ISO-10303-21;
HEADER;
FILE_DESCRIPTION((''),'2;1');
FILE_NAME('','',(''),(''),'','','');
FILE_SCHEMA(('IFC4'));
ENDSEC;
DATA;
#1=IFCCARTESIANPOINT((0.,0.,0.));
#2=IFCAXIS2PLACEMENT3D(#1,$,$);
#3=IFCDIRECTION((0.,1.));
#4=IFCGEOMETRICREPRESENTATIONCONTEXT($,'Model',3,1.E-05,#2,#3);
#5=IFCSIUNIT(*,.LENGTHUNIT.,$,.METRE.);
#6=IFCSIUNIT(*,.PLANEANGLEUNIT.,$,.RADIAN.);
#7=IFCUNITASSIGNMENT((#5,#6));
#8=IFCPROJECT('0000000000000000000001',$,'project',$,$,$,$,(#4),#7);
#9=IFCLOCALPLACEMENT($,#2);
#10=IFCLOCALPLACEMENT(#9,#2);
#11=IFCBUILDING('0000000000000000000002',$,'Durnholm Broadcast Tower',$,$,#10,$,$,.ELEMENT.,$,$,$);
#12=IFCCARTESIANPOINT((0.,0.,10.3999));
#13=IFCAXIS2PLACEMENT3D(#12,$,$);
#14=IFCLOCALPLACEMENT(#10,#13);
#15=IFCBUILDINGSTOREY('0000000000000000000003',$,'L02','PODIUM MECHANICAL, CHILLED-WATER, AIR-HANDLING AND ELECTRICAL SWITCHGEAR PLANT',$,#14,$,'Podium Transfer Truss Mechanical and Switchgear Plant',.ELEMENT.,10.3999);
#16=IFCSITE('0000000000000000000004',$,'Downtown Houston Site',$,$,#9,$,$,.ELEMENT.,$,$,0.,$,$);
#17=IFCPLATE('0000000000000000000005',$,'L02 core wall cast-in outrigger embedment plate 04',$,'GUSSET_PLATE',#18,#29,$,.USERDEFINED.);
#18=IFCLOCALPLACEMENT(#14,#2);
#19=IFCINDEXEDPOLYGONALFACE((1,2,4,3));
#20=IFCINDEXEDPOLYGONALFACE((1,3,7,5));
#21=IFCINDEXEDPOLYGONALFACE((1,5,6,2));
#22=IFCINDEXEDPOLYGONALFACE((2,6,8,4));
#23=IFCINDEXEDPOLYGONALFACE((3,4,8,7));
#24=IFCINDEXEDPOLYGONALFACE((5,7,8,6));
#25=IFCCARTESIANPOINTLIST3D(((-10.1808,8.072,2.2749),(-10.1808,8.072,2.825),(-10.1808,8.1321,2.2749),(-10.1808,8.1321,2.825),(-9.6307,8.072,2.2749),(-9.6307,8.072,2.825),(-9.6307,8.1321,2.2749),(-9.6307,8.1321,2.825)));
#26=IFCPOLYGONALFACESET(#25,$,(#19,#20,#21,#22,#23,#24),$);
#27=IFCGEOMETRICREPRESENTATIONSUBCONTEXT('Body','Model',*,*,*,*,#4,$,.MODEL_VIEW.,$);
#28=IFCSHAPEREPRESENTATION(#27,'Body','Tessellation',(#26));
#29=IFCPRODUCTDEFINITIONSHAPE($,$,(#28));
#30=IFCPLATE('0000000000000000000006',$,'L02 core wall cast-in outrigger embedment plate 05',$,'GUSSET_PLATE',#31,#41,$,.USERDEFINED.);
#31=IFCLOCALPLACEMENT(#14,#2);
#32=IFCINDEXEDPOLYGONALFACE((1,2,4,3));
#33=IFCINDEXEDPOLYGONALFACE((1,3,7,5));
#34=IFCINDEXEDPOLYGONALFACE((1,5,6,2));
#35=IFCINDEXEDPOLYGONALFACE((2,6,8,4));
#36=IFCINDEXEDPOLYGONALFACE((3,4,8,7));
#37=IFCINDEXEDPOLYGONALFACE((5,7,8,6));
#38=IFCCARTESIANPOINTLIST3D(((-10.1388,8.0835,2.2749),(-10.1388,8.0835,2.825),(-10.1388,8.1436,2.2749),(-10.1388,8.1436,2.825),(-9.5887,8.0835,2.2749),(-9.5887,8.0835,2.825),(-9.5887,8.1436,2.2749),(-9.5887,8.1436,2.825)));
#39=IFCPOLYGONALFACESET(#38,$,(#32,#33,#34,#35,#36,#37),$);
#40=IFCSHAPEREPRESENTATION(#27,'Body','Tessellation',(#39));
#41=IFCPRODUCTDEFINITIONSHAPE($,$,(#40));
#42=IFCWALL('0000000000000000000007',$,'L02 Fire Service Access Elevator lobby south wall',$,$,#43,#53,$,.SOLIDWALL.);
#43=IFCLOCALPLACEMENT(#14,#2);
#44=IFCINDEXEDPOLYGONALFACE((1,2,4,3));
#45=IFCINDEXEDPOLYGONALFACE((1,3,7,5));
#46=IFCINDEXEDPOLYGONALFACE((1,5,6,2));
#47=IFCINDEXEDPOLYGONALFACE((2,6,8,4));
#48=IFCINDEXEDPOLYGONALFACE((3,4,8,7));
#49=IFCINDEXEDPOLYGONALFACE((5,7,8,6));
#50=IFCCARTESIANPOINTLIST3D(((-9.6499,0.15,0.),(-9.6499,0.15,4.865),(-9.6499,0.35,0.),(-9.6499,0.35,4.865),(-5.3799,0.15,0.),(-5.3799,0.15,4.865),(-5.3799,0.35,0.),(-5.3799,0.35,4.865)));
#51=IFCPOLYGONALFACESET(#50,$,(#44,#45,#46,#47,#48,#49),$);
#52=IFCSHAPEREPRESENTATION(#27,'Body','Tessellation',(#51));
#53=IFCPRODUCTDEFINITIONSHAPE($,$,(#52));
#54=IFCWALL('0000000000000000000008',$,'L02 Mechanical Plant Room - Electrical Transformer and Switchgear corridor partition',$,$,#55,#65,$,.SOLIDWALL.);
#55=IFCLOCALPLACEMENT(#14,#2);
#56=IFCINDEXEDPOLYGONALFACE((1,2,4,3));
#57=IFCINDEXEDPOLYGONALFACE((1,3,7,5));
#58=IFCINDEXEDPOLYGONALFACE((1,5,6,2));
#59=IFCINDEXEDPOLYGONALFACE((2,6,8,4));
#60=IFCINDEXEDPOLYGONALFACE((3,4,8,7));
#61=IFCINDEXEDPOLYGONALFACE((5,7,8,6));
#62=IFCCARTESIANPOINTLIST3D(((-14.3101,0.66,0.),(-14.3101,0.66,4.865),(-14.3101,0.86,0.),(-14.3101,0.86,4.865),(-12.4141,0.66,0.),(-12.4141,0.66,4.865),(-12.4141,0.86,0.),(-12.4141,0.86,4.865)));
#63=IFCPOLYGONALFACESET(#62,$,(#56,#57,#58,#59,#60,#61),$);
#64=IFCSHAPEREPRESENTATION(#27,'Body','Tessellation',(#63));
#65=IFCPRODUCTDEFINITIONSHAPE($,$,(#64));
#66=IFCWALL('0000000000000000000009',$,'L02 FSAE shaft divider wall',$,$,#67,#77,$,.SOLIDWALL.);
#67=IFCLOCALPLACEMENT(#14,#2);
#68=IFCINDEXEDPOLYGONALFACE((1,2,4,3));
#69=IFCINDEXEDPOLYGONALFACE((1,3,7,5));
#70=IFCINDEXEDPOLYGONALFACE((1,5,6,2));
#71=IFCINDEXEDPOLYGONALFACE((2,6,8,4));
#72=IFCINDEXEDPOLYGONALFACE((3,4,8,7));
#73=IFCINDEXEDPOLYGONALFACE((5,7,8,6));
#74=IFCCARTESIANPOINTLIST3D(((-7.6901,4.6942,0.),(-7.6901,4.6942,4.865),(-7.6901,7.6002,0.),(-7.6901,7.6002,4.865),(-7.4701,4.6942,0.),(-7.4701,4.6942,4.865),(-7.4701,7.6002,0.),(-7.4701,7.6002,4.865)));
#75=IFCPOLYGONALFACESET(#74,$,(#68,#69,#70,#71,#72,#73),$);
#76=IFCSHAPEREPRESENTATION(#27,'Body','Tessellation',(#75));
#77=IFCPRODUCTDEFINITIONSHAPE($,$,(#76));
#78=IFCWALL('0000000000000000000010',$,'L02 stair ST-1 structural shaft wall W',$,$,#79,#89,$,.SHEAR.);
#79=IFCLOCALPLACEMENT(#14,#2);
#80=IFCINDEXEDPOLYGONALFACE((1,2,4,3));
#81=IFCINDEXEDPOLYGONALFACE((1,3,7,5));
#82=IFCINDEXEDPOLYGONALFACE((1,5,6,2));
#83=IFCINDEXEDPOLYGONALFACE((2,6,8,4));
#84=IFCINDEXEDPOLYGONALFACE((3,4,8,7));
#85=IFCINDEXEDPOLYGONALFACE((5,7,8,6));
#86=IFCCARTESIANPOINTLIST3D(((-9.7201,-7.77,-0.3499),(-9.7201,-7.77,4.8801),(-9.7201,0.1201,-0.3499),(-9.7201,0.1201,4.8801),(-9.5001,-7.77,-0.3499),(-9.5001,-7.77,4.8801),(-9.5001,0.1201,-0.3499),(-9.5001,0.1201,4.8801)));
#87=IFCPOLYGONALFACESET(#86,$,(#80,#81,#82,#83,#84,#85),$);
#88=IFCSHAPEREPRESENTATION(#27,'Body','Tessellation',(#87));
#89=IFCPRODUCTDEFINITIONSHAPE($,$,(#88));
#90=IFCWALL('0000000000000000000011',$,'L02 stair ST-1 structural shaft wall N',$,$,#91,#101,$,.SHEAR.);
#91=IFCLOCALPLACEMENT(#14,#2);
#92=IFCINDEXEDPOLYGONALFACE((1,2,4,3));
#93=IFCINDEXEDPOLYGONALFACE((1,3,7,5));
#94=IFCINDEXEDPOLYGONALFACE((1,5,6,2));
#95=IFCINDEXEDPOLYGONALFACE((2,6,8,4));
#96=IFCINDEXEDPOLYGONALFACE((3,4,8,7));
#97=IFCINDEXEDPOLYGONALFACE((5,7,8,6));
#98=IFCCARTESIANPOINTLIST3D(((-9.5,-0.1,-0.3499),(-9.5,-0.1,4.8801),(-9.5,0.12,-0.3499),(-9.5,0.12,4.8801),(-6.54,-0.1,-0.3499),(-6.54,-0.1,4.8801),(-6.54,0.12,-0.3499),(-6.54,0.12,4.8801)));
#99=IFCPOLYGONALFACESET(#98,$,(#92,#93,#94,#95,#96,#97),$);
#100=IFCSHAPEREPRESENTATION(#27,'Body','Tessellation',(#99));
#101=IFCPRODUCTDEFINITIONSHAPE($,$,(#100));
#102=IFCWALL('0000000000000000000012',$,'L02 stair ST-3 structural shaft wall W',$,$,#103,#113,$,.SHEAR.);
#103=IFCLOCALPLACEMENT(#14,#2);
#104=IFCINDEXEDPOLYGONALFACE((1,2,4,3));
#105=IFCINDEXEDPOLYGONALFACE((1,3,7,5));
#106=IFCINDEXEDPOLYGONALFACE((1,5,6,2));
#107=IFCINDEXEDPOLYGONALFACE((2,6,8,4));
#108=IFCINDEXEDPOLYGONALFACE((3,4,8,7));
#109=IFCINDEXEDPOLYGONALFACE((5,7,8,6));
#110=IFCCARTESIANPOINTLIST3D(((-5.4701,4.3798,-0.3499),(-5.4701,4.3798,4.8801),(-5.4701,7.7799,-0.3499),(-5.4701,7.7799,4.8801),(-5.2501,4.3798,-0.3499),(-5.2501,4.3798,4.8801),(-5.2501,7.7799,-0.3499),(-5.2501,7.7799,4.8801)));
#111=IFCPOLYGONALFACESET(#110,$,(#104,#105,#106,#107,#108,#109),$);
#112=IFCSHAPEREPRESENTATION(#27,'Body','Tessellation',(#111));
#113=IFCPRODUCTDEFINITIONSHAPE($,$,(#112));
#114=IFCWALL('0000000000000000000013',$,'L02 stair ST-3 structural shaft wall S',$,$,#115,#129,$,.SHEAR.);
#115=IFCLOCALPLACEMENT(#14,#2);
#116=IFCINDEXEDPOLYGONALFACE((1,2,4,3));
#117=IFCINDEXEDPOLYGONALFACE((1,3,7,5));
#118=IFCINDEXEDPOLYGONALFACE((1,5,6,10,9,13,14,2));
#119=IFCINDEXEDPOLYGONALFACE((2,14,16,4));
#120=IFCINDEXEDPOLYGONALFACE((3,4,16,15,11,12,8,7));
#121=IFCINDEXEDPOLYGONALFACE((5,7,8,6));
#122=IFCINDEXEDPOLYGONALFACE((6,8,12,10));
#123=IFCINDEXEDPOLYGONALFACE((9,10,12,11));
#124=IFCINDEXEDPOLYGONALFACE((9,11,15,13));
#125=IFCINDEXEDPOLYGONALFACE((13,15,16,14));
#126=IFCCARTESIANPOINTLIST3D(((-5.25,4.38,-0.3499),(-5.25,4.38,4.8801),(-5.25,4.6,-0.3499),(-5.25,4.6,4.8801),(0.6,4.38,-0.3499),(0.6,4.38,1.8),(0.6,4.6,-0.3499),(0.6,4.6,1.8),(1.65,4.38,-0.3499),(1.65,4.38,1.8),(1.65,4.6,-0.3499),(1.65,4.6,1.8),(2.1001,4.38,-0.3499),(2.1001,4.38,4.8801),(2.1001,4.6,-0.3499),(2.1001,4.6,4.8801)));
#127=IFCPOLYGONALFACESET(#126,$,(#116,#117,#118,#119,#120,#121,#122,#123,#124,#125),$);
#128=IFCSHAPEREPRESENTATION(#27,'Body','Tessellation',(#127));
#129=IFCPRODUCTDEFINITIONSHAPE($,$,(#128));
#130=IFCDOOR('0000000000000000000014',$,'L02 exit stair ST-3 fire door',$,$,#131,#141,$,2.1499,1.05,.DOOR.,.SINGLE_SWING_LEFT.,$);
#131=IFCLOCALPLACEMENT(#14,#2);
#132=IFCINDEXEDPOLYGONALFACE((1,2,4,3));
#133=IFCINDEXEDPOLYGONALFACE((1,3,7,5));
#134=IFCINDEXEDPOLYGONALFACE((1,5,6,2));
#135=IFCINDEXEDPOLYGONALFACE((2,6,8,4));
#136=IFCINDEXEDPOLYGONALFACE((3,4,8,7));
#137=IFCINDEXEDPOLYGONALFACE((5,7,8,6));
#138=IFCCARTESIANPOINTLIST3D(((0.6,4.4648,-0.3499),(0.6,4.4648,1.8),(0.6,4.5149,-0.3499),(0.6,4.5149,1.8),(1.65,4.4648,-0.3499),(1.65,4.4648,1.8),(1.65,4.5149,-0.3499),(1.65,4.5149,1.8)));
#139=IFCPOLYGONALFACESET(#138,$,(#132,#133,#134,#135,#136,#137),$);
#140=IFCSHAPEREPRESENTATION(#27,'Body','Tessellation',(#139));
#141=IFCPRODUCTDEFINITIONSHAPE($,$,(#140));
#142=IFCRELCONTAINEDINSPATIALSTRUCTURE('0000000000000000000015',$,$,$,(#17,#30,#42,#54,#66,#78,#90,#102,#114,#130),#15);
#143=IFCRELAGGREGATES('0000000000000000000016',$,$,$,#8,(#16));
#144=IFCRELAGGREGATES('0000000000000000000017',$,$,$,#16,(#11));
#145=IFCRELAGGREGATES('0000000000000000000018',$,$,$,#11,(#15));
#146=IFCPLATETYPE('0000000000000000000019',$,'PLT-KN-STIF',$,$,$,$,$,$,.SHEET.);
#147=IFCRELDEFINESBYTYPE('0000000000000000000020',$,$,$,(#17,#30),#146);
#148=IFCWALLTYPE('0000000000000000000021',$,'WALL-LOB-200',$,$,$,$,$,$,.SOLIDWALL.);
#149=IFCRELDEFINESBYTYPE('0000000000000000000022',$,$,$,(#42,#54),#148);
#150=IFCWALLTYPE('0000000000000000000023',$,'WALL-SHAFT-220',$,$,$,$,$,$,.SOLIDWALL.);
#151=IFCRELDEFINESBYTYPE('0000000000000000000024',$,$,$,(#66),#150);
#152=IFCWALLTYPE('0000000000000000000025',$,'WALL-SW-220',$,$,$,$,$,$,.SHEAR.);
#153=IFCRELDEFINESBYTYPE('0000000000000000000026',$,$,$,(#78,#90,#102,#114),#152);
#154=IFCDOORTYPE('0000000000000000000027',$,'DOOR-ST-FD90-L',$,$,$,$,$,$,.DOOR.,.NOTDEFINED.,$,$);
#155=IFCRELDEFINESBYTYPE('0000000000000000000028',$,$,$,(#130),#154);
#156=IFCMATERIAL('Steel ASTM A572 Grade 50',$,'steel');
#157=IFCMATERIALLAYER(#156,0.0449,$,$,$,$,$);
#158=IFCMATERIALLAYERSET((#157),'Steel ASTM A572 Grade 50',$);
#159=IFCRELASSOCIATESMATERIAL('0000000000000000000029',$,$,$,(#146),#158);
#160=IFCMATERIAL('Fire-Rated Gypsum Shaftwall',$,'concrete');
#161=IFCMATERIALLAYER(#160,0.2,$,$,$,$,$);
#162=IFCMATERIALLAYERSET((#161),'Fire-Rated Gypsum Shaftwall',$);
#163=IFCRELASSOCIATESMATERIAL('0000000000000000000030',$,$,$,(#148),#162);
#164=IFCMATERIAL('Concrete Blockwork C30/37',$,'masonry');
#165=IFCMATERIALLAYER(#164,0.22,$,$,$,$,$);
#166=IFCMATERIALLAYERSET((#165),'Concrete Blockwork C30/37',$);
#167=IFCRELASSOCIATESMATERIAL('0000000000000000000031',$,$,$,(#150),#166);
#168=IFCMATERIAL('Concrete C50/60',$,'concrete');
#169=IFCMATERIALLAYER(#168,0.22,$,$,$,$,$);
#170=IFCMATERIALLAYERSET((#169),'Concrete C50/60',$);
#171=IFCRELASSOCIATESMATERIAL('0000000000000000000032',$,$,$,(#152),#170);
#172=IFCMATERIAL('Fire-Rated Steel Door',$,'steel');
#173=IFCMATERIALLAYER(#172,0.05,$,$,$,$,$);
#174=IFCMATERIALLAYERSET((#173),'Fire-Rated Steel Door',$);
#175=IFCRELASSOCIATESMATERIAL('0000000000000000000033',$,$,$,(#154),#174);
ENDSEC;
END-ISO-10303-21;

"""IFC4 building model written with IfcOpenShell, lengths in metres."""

from ifc_helpers import new_model, si_unit, direction, frame, frame_2d, origin, origin_2d, place, context, subcontext, project, spatial, rectangle, extrude, source, transform, mapped, material, layer, layer_set, type_object, type_shapes, element, fill, save


model = new_model("IFC4")

# Units and contexts
model_context = context("Model", 3, precision=1e-05, world=origin(), true_north=direction((0.0, 1.0)))
body_context = subcontext(model_context, "Body", "Model", "MODEL_VIEW")
ifc_project = project(units=[si_unit("LENGTHUNIT", "METRE"), si_unit("PLANEANGLEUNIT", "RADIAN")], contexts=[model_context])

# Site, building, storey
site_placement = place(None, origin())
site = spatial("IfcSite", under=ifc_project, at=site_placement, Name="Downtown Houston Site", CompositionType="ELEMENT", RefElevation=0.0)
building_placement = place(site_placement, origin())
building = spatial("IfcBuilding", under=site, at=building_placement, Name="Durnholm Broadcast Tower", CompositionType="ELEMENT")
storey_placement = place(building_placement, frame((0.0, 0.0, 10.3999)))
storey = spatial("IfcBuildingStorey", under=building, at=storey_placement, Name="L02", Description="PODIUM MECHANICAL, CHILLED-WATER, AIR-HANDLING AND ELECTRICAL SWITCHGEAR PLANT", LongName="Podium Transfer Truss Mechanical and Switchgear Plant", CompositionType="ELEMENT", Elevation=10.3999)

# Plates
ifc_material_1 = material(Name="Steel ASTM A572 Grade 50", Category="steel")
ifc_layer_1 = layer(ifc_material_1, 0.0449)
ifc_layer_set_1 = layer_set([ifc_layer_1], Name="Steel ASTM A572 Grade 50")
plate_type_1 = type_object("IfcPlateType", Name="PLT-KN-STIF", PredefinedType="SHEET", material=ifc_layer_set_1)
shared_shape_1 = source(origin(), body_context, "Body", "SweptSolid", [
    extrude(rectangle(XDim=0.55, YDim=0.0601, at=origin_2d()), origin(), (0.0, 0.0, 1.0), 0.55),
])
type_shapes(plate_type_1, [shared_shape_1])
for number, where, z_axis, x_axis, name in (
    (1, (-9.9058, 8.1021, 2.2749), (0.0, 0.0, 1.0), (1.0, 0.0, 0.0), "L02 core wall cast-in outrigger embedment plate 04"),
    (2, (-9.8638, 8.1135, 2.2749), (0.0, 0.0, 1.0), (1.0, 0.0, 0.0), "L02 core wall cast-in outrigger embedment plate 05"),
):
    element("IfcPlate", number, at=place(storey_placement, frame(where, z_axis=z_axis, x_axis=x_axis)), inside=storey, type_object=plate_type_1, Name=name, ObjectType="GUSSET_PLATE", PredefinedType="USERDEFINED", context=body_context, shape_type="MappedRepresentation", body=[
        mapped(shared_shape_1, transform((0.0, 0.0, 0.0), x_axis=(1.0, 0.0, 0.0), y_axis=(0.0, 1.0, 0.0), z_axis=(0.0, 0.0, 1.0), scale=1.0)),
    ])

# Wall
ifc_material_2 = material(Name="Fire-Rated Gypsum Shaftwall", Category="concrete")
ifc_layer_2 = layer(ifc_material_2, 0.2)
ifc_layer_set_2 = layer_set([ifc_layer_2], Name="Fire-Rated Gypsum Shaftwall")
wall_type_1 = type_object("IfcWallType", Name="WALL-LOB-200", PredefinedType="SOLIDWALL", material=ifc_layer_set_2)
wall_1_placement = place(storey_placement, frame((-9.6499, 0.25, 0.0), z_axis=(0.0, 0.0, 1.0), x_axis=(1.0, 0.0, 0.0)))
element("IfcWall", 3, at=wall_1_placement, inside=storey, type_object=wall_type_1, Name="L02 Fire Service Access Elevator lobby south wall", PredefinedType="SOLIDWALL", context=body_context, shape_type="SweptSolid", body=[
    extrude(rectangle(XDim=4.27, YDim=0.2, at=frame_2d((2.135, 0.0))), origin(), (0.0, 0.0, 1.0), 4.865),
])

# Wall
wall_2_placement = place(storey_placement, frame((-12.4141, 0.76, 0.0), z_axis=(0.0, 0.0, 1.0), x_axis=(-1.0, 0.0, 0.0)))
element("IfcWall", 4, at=wall_2_placement, inside=storey, type_object=wall_type_1, Name="L02 Mechanical Plant Room - Electrical Transformer and Switchgear corridor partition", PredefinedType="SOLIDWALL", context=body_context, shape_type="SweptSolid", body=[
    extrude(rectangle(XDim=1.896, YDim=0.2, at=frame_2d((0.948, 0.0))), origin(), (0.0, 0.0, 1.0), 4.865),
])

# Shared definitions
ifc_material_3 = material(Name="Concrete Blockwork C30/37", Category="masonry")
ifc_layer_3 = layer(ifc_material_3, 0.22)
ifc_layer_set_3 = layer_set([ifc_layer_3], Name="Concrete Blockwork C30/37")
wall_type_2 = type_object("IfcWallType", Name="WALL-SHAFT-220", PredefinedType="SOLIDWALL", material=ifc_layer_set_3)

# Walls
wall_3_placement = place(storey_placement, frame((-7.5801, 4.6941, 0.0), z_axis=(0.0, 0.0, 1.0), x_axis=(0.0, 1.0, 0.0)))
element("IfcWall", 5, at=wall_3_placement, inside=storey, type_object=wall_type_2, Name="L02 FSAE shaft divider wall", PredefinedType="SOLIDWALL", context=body_context, shape_type="SweptSolid", body=[
    extrude(rectangle(XDim=2.906, YDim=0.22, at=frame_2d((1.4531, 0.0))), origin(), (0.0, 0.0, 1.0), 4.865),
])
ifc_material_4 = material(Name="Concrete C50/60", Category="concrete")
ifc_layer_4 = layer(ifc_material_4, 0.22)
ifc_layer_set_4 = layer_set([ifc_layer_4], Name="Concrete C50/60")
wall_type_3 = type_object("IfcWallType", Name="WALL-SW-220", PredefinedType="SHEAR", material=ifc_layer_set_4)
wall_4_placement = place(storey_placement, frame((-9.6101, 0.1201, -0.3499), z_axis=(0.0, 0.0, 1.0), x_axis=(0.0, -1.0, 0.0)))
element("IfcWall", 6, at=wall_4_placement, inside=storey, type_object=wall_type_3, Name="L02 stair ST-1 structural shaft wall W", PredefinedType="SHEAR", context=body_context, shape_type="SweptSolid", body=[
    extrude(rectangle(XDim=7.8901, YDim=0.22, at=frame_2d((3.9451, 0.0))), origin(), (0.0, 0.0, 1.0), 5.23),
])
wall_5_placement = place(storey_placement, frame((-6.54, 0.01, -0.3499), z_axis=(0.0, 0.0, 1.0), x_axis=(-1.0, 0.0, 0.0)))
element("IfcWall", 7, at=wall_5_placement, inside=storey, type_object=wall_type_3, Name="L02 stair ST-1 structural shaft wall N", PredefinedType="SHEAR", context=body_context, shape_type="SweptSolid", body=[
    extrude(rectangle(XDim=2.96, YDim=0.22, at=frame_2d((1.48, 0.0))), origin(), (0.0, 0.0, 1.0), 5.23),
])
wall_6_placement = place(storey_placement, frame((-5.3601, 7.78, -0.3499), z_axis=(0.0, 0.0, 1.0), x_axis=(0.0, -1.0, 0.0)))
element("IfcWall", 8, at=wall_6_placement, inside=storey, type_object=wall_type_3, Name="L02 stair ST-3 structural shaft wall W", PredefinedType="SHEAR", context=body_context, shape_type="SweptSolid", body=[
    extrude(rectangle(XDim=3.4001, YDim=0.22, at=frame_2d((1.7002, 0.0))), origin(), (0.0, 0.0, 1.0), 5.23),
])

# Wall, opening, door
wall_7_placement = place(storey_placement, frame((-5.25, 4.49, -0.3499), z_axis=(0.0, 0.0, 1.0), x_axis=(1.0, 0.0, 0.0)))
wall_7 = element("IfcWall", 9, at=wall_7_placement, inside=storey, type_object=wall_type_3, Name="L02 stair ST-3 structural shaft wall S", PredefinedType="SHEAR", context=body_context, shape_type="SweptSolid", body=[
    extrude(rectangle(XDim=7.3501, YDim=0.22, at=frame_2d((3.675, 0.0))), origin(), (0.0, 0.0, 1.0), 5.23),
])
opening_1_placement = place(wall_7_placement, frame((5.8501, 0.0, 0.0)))
opening_1 = element("IfcOpeningElement", 10, at=opening_1_placement, cuts=wall_7, PredefinedType="OPENING", context=body_context, shape_type="SweptSolid", body=[
    extrude(rectangle(XDim=1.05, YDim=2.1499, at=frame_2d((0.5249, 1.075))), frame((0.0, 0.1201, 0.0), z_axis=(0.0, -1.0, 0.0), x_axis=(1.0, 0.0, 0.0)), (0.0, 0.0, 1.0), 0.24),
])
ifc_material_5 = material(Name="Fire-Rated Steel Door", Category="steel")
ifc_layer_5 = layer(ifc_material_5, 0.05)
ifc_layer_set_5 = layer_set([ifc_layer_5], Name="Fire-Rated Steel Door")
door_type_1 = type_object("IfcDoorType", Name="DOOR-ST-FD90-L", OperationType="NOTDEFINED", PredefinedType="DOOR", material=ifc_layer_set_5)
shared_shape_2 = source(origin(), body_context, "Body", "SweptSolid", [
    extrude(rectangle(XDim=1.05, YDim=2.1499, at=frame_2d((0.5249, 1.075))), frame((0.0, 0.0249, 0.0), z_axis=(0.0, -1.0, 0.0), x_axis=(1.0, 0.0, 0.0)), (0.0, 0.0, 1.0), 0.05),
])
type_shapes(door_type_1, [shared_shape_2])
door_1_placement = place(opening_1_placement, origin())
door_1 = element("IfcDoor", 11, at=door_1_placement, inside=storey, type_object=door_type_1, Name="L02 exit stair ST-3 fire door", OperationType="SINGLE_SWING_LEFT", OverallHeight=2.1499, OverallWidth=1.05, PredefinedType="DOOR", context=body_context, shape_type="MappedRepresentation", body=[
    mapped(shared_shape_2, transform((0.0, 0.0, 0.0), x_axis=(1.0, 0.0, 0.0), y_axis=(0.0, 1.0, 0.0), z_axis=(0.0, 0.0, 1.0), scale=1.0)),
])
fill(opening_1, door_1)

save(model, "model.ifc")
